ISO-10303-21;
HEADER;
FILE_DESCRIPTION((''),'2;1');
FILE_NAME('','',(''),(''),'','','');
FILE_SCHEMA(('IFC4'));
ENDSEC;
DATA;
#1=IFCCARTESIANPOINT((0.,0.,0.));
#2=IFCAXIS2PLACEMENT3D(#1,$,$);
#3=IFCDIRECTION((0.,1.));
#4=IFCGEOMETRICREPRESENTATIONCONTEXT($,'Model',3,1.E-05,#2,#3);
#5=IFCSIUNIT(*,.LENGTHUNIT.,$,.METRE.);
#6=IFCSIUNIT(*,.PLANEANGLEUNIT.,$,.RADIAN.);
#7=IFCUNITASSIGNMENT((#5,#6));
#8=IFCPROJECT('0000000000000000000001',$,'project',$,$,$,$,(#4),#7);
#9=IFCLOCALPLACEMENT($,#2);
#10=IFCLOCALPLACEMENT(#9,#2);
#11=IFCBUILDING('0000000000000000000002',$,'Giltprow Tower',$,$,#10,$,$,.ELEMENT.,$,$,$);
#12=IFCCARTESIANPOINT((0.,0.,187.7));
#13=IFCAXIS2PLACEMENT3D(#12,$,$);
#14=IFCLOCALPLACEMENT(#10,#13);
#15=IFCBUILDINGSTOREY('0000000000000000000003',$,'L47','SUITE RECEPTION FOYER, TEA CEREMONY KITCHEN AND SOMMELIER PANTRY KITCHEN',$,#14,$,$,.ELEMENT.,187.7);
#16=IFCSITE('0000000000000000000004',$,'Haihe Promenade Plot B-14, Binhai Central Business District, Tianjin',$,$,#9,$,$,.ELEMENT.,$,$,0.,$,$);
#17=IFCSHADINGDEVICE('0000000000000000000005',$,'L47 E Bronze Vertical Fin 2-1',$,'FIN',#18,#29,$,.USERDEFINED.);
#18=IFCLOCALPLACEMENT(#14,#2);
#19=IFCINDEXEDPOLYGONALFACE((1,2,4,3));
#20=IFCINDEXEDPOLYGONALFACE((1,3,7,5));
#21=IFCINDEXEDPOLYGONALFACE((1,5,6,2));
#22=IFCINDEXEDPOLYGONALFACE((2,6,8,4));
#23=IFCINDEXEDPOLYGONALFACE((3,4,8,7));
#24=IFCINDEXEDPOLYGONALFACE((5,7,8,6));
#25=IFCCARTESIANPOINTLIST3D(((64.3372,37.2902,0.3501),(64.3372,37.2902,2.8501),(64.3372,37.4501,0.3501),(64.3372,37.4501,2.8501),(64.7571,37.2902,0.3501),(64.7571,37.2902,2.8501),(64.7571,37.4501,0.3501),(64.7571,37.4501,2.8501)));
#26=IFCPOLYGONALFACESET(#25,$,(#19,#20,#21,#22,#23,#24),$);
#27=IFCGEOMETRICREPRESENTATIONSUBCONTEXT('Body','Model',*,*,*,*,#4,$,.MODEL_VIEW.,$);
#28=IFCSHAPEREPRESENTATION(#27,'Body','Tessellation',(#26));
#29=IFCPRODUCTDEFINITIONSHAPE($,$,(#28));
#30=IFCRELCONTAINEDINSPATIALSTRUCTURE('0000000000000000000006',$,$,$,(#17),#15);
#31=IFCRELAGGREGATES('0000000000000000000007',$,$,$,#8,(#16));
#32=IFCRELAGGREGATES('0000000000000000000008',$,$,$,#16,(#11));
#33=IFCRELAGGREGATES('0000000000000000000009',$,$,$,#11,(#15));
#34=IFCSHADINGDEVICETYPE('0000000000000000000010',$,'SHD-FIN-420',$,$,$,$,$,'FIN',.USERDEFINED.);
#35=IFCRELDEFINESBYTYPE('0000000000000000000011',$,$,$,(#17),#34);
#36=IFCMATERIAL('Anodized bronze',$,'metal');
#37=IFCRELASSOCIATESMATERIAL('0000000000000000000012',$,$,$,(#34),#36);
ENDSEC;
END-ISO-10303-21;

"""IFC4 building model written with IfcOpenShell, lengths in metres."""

from ifc_helpers import new_model, si_unit, direction, frame, origin, origin_2d, place, context, subcontext, project, spatial, rectangle, extrude, source, transform, mapped, material, type_object, element, save


model = new_model("IFC4")

# Units and contexts
model_context = context("Model", 3, precision=1e-05, world=origin(), true_north=direction((0.0, 1.0)))
body_context = subcontext(model_context, "Body", "Model", "MODEL_VIEW")
ifc_project = project(units=[si_unit("LENGTHUNIT", "METRE"), si_unit("PLANEANGLEUNIT", "RADIAN")], contexts=[model_context])

# Site, building, storey
site_placement = place(None, origin())
site = spatial("IfcSite", under=ifc_project, at=site_placement, Name="Haihe Promenade Plot B-14, Binhai Central Business District, Tianjin", CompositionType="ELEMENT", RefElevation=0.0)
building_placement = place(site_placement, origin())
building = spatial("IfcBuilding", under=site, at=building_placement, Name="Giltprow Tower", CompositionType="ELEMENT")
storey_placement = place(building_placement, frame((0.0, 0.0, 187.7)))
storey = spatial("IfcBuildingStorey", under=building, at=storey_placement, Name="L47", Description="SUITE RECEPTION FOYER, TEA CEREMONY KITCHEN AND SOMMELIER PANTRY KITCHEN", CompositionType="ELEMENT", Elevation=187.7)

# Shared definitions
ifc_material_1 = material(Name="Anodized bronze", Category="metal")

# Shading device
shading_device_type = type_object("IfcShadingDeviceType", Name="SHD-FIN-420", ElementType="FIN", PredefinedType="USERDEFINED", material=ifc_material_1)
shared_shape_1 = source(origin(), body_context, "Body", "SweptSolid", [
    extrude(rectangle(XDim=0.4199, YDim=0.1599, at=origin_2d()), origin(), (0.0, 0.0, 1.0), 2.5),
])
shading_device_placement = place(storey_placement, frame((64.5471, 37.3701, 0.3501), z_axis=(0.0, 0.0, 1.0), x_axis=(1.0, 0.0, 0.0)))
element("IfcShadingDevice", 1, at=shading_device_placement, inside=storey, type_object=shading_device_type, Name="L47 E Bronze Vertical Fin 2-1", ObjectType="FIN", PredefinedType="USERDEFINED", context=body_context, shape_type="MappedRepresentation", body=[
    mapped(shared_shape_1, transform((0.0, 0.0, 0.0), x_axis=(1.0, 0.0, 0.0), y_axis=(0.0, 1.0, 0.0), z_axis=(0.0, 0.0, 1.0), scale=1.0)),
])

save(model, "model.ifc")
